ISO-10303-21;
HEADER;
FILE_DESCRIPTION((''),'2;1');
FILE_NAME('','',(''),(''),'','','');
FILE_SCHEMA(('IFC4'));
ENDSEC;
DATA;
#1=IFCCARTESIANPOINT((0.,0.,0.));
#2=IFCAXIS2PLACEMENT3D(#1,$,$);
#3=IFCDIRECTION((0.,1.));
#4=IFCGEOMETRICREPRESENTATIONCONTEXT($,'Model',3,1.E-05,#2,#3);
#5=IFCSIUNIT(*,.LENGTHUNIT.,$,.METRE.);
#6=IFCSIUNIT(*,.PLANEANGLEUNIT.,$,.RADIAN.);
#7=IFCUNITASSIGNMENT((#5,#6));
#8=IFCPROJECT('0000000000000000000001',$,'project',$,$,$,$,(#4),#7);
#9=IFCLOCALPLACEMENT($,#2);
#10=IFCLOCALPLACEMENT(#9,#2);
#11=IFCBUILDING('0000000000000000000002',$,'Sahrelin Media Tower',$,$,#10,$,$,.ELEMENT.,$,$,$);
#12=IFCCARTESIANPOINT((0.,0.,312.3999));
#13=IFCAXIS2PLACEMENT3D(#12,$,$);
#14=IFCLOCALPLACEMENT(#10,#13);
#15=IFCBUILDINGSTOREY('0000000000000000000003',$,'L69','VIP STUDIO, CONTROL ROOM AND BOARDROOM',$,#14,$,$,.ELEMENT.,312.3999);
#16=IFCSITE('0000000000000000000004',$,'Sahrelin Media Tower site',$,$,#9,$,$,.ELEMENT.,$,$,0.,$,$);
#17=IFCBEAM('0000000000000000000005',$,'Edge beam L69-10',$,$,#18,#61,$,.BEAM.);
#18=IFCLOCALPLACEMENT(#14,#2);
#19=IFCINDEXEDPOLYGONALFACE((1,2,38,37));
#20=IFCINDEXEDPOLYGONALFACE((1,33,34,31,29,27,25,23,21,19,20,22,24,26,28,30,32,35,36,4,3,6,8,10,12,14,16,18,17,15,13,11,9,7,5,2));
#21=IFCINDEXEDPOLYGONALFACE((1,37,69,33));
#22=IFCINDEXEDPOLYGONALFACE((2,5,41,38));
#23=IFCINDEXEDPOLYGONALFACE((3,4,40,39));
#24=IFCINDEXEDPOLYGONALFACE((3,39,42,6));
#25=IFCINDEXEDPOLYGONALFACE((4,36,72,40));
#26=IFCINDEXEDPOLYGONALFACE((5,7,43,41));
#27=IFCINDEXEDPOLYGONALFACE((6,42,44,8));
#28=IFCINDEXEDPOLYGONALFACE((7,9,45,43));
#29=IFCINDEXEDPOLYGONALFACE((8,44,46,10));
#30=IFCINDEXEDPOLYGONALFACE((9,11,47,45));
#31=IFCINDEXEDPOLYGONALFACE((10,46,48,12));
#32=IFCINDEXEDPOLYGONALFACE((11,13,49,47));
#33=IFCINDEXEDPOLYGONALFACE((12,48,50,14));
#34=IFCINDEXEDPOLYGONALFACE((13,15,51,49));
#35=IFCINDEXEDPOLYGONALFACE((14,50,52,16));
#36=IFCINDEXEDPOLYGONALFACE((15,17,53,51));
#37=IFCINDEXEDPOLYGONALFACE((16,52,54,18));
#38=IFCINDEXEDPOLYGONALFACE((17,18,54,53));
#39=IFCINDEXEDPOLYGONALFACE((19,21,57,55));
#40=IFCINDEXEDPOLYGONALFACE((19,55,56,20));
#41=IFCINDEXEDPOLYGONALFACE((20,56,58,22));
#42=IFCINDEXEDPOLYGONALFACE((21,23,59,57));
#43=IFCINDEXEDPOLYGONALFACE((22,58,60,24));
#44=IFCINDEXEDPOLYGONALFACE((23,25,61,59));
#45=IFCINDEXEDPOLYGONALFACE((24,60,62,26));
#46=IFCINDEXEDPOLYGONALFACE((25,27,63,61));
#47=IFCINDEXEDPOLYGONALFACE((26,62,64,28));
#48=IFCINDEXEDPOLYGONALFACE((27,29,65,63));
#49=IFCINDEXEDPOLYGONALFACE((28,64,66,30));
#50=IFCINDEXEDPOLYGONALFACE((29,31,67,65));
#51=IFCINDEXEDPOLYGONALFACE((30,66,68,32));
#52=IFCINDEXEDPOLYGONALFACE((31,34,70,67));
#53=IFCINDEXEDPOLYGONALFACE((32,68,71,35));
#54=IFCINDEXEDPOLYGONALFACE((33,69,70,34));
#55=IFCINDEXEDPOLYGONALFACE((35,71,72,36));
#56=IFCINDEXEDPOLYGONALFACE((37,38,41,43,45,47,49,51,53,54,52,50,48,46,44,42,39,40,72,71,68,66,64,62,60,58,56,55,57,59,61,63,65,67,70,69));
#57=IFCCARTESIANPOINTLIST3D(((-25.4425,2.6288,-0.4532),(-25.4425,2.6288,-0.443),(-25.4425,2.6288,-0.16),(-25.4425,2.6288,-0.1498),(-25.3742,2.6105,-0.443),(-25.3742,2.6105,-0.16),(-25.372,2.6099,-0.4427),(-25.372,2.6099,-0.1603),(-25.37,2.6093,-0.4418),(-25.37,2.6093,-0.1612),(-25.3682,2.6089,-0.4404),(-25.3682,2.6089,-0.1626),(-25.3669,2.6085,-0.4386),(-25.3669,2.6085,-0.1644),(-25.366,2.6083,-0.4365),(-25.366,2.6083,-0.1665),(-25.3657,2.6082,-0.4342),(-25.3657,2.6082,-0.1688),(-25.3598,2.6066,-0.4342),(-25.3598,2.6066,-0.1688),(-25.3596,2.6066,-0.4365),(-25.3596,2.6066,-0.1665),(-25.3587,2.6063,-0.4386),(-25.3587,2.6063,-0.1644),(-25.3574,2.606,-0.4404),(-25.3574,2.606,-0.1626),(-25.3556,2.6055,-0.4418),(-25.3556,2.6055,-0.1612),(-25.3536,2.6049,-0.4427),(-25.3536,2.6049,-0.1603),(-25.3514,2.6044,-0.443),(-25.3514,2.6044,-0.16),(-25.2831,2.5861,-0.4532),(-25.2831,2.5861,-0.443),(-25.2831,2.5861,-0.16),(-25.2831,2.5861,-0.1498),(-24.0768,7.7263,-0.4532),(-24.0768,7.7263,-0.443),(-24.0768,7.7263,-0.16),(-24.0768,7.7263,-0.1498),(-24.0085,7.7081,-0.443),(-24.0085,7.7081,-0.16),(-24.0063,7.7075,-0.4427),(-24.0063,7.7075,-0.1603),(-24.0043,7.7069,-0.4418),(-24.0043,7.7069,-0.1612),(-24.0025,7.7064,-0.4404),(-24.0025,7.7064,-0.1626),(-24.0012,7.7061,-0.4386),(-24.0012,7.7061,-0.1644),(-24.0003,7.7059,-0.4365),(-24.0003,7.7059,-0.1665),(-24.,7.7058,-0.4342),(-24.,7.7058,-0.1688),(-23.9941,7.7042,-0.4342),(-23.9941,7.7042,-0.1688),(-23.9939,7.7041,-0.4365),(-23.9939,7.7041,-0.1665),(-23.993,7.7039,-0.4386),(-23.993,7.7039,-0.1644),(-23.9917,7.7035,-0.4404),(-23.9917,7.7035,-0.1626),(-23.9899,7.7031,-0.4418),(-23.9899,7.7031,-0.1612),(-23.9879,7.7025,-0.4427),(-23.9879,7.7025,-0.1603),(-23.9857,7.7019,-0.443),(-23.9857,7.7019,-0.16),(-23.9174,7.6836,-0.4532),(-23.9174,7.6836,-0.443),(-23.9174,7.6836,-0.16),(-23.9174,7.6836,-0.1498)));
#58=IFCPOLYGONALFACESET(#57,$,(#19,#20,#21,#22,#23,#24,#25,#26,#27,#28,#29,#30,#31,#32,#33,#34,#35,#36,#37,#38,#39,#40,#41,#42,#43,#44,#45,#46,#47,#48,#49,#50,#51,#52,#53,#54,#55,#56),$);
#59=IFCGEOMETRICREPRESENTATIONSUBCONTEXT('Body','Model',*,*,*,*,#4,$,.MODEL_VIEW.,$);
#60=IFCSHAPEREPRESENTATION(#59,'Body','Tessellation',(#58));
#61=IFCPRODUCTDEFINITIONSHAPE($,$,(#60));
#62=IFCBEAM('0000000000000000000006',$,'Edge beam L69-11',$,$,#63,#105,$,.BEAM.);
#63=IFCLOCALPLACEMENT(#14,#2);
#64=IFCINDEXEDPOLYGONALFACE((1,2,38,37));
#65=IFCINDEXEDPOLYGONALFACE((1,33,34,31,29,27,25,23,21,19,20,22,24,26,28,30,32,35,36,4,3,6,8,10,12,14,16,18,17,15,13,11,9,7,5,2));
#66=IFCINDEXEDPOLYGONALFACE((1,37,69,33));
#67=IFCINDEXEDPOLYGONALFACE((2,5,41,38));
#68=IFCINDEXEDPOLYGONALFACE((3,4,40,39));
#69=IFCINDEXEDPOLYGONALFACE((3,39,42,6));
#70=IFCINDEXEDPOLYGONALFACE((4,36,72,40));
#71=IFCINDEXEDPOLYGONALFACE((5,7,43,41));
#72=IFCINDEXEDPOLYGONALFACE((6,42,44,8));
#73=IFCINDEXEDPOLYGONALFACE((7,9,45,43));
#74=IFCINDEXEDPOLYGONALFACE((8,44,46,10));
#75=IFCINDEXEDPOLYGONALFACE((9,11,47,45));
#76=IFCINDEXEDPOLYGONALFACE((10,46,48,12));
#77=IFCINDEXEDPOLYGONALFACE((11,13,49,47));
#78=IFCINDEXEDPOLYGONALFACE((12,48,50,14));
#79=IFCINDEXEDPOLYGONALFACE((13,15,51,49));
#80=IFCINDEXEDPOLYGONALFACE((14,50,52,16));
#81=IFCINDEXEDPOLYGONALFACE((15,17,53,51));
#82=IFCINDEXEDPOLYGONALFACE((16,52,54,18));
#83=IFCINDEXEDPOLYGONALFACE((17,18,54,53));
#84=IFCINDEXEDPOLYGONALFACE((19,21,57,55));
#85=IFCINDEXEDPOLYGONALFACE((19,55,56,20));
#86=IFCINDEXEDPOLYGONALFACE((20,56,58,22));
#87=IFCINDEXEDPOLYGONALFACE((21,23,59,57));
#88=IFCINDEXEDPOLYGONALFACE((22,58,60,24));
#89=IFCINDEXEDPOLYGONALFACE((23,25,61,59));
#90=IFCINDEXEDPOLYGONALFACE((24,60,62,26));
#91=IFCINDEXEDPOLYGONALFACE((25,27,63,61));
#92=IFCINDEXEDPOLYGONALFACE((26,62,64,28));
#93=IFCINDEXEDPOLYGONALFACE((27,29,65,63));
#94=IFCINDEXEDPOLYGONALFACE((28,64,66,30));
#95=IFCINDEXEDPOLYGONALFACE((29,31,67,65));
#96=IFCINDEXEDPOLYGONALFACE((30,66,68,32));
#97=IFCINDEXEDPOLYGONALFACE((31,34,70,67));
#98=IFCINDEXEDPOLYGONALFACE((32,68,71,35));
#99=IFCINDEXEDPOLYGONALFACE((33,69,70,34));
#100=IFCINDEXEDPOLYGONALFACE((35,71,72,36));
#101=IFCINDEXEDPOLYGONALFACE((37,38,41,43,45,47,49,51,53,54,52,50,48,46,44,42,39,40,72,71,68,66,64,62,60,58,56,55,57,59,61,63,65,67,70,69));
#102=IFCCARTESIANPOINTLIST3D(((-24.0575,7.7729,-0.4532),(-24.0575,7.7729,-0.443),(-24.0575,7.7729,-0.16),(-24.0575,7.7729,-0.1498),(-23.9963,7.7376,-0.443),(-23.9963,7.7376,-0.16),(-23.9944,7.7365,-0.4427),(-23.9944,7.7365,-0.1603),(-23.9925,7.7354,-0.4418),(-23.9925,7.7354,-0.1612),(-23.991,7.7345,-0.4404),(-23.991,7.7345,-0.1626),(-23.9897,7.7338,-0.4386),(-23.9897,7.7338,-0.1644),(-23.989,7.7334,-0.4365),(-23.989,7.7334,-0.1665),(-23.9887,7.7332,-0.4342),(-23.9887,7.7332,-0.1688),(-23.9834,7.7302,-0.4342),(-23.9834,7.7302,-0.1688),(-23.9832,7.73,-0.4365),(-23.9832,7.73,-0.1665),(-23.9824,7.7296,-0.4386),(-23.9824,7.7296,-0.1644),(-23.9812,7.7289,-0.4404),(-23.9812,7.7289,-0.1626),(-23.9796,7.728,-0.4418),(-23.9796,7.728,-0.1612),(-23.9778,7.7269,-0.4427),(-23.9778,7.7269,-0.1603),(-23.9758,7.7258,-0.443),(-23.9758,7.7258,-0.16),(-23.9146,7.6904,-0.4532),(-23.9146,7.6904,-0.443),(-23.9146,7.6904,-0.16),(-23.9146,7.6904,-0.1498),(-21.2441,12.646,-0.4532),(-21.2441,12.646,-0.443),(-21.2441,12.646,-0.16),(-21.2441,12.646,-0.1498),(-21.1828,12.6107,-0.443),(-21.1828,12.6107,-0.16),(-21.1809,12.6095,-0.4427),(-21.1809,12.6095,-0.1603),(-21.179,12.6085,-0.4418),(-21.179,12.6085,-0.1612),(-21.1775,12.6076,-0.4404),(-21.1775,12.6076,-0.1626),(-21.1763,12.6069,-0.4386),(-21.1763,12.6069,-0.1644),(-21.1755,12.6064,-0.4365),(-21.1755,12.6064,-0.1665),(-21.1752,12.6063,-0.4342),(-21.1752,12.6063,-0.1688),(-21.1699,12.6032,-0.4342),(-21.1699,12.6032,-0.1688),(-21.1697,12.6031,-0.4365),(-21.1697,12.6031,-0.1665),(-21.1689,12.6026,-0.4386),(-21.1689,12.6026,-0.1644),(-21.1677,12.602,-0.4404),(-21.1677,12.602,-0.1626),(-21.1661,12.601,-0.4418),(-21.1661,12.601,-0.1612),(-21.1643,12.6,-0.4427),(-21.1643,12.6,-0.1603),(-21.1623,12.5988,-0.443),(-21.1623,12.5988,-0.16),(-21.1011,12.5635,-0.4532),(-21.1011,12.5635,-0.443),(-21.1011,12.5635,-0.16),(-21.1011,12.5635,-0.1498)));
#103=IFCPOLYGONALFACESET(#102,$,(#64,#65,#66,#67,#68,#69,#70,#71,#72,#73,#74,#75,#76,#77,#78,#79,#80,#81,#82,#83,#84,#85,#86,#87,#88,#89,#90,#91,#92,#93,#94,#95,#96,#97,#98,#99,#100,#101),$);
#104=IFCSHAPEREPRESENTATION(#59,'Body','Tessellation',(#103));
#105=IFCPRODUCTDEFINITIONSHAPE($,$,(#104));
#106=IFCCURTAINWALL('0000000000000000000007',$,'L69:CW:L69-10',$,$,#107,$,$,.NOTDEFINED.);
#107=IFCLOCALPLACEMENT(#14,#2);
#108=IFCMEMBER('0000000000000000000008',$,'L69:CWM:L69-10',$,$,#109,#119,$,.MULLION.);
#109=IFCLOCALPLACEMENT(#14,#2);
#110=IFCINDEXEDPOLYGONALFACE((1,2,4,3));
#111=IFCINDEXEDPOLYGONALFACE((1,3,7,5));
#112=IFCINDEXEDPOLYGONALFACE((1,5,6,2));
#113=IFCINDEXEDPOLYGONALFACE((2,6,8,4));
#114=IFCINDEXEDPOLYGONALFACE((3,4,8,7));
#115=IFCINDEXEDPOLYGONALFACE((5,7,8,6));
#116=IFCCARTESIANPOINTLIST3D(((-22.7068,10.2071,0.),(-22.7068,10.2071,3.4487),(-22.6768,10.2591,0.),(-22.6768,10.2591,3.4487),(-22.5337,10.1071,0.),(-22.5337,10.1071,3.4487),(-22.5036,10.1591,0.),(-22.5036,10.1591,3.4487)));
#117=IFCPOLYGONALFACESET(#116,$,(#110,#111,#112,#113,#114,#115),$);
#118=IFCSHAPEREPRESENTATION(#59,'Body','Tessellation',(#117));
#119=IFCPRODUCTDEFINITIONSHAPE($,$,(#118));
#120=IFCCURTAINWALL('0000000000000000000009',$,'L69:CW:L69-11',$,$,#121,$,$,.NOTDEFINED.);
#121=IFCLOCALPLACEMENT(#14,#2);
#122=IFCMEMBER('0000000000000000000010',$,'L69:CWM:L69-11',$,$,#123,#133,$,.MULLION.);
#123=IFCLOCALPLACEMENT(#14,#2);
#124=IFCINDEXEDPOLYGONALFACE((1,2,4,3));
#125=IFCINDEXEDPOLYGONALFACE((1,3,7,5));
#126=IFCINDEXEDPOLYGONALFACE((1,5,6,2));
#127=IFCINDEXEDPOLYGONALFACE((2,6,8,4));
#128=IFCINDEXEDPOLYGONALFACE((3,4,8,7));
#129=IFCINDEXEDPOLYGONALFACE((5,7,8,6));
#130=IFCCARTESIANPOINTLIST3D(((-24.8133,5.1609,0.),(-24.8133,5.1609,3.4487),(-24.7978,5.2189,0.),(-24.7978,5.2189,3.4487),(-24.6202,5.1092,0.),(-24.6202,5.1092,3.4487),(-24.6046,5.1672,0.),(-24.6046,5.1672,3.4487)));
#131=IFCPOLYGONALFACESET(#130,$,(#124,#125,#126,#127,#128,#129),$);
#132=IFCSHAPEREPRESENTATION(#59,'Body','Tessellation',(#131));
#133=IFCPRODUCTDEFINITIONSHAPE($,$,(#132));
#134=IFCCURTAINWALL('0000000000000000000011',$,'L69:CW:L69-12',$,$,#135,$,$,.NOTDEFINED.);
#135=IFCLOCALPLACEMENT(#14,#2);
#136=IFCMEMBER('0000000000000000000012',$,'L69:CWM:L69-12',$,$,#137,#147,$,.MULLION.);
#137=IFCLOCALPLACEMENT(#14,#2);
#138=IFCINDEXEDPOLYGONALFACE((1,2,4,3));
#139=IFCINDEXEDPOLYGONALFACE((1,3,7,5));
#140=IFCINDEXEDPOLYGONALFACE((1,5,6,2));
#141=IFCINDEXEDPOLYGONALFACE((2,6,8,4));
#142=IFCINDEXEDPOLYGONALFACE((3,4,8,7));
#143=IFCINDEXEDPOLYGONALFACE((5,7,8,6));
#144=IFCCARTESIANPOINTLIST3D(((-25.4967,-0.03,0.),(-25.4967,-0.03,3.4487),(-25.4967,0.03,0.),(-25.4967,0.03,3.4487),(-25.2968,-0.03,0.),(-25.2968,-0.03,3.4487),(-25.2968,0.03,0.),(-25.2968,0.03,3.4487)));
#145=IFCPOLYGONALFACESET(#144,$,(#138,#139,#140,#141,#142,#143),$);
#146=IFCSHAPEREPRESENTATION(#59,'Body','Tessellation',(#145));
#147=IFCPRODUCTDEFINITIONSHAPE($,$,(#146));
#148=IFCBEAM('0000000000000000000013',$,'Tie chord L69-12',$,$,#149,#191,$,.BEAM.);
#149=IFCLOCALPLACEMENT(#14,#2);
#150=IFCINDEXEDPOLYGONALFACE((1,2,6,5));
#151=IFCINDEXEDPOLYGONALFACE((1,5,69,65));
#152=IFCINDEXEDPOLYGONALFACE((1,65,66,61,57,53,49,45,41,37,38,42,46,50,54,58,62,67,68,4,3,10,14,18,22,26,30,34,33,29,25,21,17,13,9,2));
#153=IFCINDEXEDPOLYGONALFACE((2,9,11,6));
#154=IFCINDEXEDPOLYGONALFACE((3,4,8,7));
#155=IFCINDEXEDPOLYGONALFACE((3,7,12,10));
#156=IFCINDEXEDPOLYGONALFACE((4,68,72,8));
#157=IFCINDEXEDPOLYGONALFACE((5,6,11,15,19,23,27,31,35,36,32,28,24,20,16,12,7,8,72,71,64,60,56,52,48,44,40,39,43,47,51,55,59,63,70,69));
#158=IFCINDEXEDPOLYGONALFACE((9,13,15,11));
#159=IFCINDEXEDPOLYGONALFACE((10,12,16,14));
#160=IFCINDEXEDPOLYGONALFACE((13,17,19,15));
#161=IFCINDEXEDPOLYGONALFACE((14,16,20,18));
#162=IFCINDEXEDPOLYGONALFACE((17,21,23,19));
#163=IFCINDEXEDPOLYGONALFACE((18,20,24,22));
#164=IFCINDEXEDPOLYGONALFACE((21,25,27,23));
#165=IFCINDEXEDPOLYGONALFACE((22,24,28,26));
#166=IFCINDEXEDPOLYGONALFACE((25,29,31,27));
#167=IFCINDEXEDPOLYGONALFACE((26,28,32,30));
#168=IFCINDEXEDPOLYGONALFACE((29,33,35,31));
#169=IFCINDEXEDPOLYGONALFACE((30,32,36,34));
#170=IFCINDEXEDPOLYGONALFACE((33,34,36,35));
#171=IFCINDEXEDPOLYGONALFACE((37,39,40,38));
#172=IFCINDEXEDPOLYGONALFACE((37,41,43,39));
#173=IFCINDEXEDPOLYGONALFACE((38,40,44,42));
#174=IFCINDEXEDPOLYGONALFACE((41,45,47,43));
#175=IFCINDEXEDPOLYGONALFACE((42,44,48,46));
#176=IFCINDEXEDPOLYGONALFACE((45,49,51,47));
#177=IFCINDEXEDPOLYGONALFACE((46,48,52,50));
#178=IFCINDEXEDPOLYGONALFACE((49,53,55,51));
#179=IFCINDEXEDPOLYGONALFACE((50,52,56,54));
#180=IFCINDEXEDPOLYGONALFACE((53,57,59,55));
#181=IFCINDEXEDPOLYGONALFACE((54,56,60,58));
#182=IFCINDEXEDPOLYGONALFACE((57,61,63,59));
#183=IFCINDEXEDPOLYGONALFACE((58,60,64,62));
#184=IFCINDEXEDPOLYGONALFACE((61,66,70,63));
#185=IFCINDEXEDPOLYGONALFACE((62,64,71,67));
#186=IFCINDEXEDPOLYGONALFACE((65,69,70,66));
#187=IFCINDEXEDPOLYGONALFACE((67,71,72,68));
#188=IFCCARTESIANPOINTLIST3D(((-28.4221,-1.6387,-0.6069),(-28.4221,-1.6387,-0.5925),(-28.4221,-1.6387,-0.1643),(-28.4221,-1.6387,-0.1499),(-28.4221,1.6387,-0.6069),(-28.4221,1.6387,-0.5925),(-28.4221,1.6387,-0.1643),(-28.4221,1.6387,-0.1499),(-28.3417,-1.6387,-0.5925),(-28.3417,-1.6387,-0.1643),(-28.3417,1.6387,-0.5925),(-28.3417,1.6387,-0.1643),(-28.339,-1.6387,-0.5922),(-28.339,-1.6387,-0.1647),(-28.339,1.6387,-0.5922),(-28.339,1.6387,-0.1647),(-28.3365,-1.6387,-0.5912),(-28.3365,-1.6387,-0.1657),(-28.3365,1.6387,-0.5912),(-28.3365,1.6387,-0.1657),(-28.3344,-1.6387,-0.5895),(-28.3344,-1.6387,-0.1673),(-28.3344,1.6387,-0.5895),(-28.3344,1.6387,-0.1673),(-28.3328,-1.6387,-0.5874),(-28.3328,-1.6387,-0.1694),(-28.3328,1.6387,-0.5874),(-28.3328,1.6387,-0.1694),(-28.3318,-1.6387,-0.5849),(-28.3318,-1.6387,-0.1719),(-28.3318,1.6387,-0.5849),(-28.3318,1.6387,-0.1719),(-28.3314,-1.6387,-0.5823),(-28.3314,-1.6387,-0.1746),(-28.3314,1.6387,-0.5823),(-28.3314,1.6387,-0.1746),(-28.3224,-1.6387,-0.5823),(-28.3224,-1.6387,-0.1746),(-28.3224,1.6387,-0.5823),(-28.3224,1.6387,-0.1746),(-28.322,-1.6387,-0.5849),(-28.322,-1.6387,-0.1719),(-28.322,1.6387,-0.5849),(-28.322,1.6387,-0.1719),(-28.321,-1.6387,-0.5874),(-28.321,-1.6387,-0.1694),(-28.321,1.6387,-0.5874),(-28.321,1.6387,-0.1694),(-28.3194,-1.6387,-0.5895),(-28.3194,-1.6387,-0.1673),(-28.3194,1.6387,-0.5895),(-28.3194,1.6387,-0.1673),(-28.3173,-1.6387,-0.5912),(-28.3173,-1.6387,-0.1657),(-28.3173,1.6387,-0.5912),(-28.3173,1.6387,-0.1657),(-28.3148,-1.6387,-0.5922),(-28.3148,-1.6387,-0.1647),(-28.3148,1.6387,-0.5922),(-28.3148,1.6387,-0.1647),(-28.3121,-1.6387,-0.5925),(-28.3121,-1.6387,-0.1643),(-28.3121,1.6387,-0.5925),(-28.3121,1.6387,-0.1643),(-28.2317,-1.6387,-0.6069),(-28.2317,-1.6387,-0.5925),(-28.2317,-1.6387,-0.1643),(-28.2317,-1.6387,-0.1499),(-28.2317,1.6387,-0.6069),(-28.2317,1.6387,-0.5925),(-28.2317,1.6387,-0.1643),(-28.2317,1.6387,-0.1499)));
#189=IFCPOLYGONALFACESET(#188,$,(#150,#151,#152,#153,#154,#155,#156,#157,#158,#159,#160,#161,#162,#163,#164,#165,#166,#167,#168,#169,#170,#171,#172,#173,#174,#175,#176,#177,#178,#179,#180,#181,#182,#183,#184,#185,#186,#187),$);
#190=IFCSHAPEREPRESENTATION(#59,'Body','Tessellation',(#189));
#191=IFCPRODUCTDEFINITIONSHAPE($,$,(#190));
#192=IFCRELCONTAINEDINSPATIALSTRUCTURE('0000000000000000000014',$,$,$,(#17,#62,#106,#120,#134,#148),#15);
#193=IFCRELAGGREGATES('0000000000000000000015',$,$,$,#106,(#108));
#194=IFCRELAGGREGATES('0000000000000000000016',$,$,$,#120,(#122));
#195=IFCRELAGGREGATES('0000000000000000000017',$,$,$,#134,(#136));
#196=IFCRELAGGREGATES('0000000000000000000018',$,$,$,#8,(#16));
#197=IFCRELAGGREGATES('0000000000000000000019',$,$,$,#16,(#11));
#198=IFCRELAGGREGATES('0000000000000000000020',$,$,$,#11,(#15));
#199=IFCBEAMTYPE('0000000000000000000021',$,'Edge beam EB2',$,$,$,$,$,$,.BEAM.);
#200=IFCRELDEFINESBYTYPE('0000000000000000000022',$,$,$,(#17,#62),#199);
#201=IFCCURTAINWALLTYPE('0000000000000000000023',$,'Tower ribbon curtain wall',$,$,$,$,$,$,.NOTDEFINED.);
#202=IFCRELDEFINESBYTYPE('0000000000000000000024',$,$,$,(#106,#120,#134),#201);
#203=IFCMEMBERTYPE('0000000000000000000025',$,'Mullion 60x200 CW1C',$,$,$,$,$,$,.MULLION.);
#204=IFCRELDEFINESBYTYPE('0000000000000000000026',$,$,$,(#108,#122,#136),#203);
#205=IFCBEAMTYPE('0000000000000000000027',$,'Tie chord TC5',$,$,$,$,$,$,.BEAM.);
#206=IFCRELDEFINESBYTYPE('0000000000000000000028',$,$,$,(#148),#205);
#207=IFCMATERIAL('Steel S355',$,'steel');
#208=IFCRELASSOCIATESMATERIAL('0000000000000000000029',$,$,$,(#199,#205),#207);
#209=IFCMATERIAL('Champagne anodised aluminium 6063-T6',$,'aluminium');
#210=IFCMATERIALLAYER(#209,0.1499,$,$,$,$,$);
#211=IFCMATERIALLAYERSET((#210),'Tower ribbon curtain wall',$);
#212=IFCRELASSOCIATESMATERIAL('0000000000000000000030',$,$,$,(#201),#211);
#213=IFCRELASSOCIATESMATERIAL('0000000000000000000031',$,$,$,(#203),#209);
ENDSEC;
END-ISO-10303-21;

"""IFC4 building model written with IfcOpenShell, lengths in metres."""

from ifc_helpers import new_model, si_unit, direction, frame, origin, origin_2d, place, context, subcontext, project, spatial, rectangle, i_section, extrude, material, layer, layer_set, material_profile, profile_set, type_object, element, aggregate, save


model = new_model("IFC4")

# Units and contexts
model_context = context("Model", 3, precision=1e-05, world=origin(), true_north=direction((0.0, 1.0)))
body_context = subcontext(model_context, "Body", "Model", "MODEL_VIEW")
ifc_project = project(units=[si_unit("LENGTHUNIT", "METRE"), si_unit("PLANEANGLEUNIT", "RADIAN")], contexts=[model_context])

# Site, building, storey
site_placement = place(None, origin())
site = spatial("IfcSite", under=ifc_project, at=site_placement, Name="Sahrelin Media Tower site", CompositionType="ELEMENT", RefElevation=0.0)
building_placement = place(site_placement, origin())
building = spatial("IfcBuilding", under=site, at=building_placement, Name="Sahrelin Media Tower", CompositionType="ELEMENT")
storey_placement = place(building_placement, frame((0.0, 0.0, 312.3999)))
storey = spatial("IfcBuildingStorey", under=building, at=storey_placement, Name="L69", Description="VIP STUDIO, CONTROL ROOM AND BOARDROOM", CompositionType="ELEMENT", Elevation=312.3999)

# Beams
ifc_material_1 = material(Name="Steel S355", Category="steel")
ifc_material_profile_1 = material_profile(ifc_material_1, i_section(OverallWidth=0.165, OverallDepth=0.3035, WebThickness=0.0061, FlangeThickness=0.0103, FilletRadius=0.0088, at=origin_2d()), Name="UB 305x165x40")
ifc_profile_set_1 = profile_set([ifc_material_profile_1], Name="Steel S355")
beam_type_1 = type_object("IfcBeamType", Name="Edge beam EB2", PredefinedType="BEAM", material=ifc_profile_set_1)
beam_1_placement = place(storey_placement, frame((-25.3628, 2.6074, -0.3015), z_axis=(0.258785, 0.965935, 0.0), x_axis=(-0.965935, 0.258785, 0.0)))
element("IfcBeam", 1, at=beam_1_placement, inside=storey, type_object=beam_type_1, Name="Edge beam L69-10", PredefinedType="BEAM", context=body_context, shape_type="SweptSolid", body=[
    extrude(i_section(OverallWidth=0.165, OverallDepth=0.3035, WebThickness=0.0061, FlangeThickness=0.0103, FilletRadius=0.0088, at=origin_2d()), origin(), (0.0, 0.0, 1.0), 5.2773),
])
beam_2_placement = place(storey_placement, frame((-23.9861, 7.7317, -0.3015), z_axis=(0.500003, 0.866024, 0.0), x_axis=(-0.866024, 0.500003, 0.0)))
element("IfcBeam", 2, at=beam_2_placement, inside=storey, type_object=beam_type_1, Name="Edge beam L69-11", PredefinedType="BEAM", context=body_context, shape_type="SweptSolid", body=[
    extrude(i_section(OverallWidth=0.165, OverallDepth=0.3035, WebThickness=0.0061, FlangeThickness=0.0103, FilletRadius=0.0088, at=origin_2d()), origin(), (0.0, 0.0, 1.0), 5.627),
])

# Curtain walls, members
ifc_material_2 = material(Name="Champagne anodised aluminium 6063-T6", Category="aluminium")
ifc_layer_1 = layer(ifc_material_2, 0.1499)
ifc_layer_set_1 = layer_set([ifc_layer_1], Name="Tower ribbon curtain wall")
curtain_wall_type = type_object("IfcCurtainWallType", Name="Tower ribbon curtain wall", PredefinedType="NOTDEFINED", material=ifc_layer_set_1)
curtain_wall_1_placement = place(storey_placement, frame((-22.7092, 10.2432, 0.0), z_axis=(0.0, 0.0, 1.0), x_axis=(1.0, 0.0, 0.0)))
curtain_wall_1 = element("IfcCurtainWall", 3, at=curtain_wall_1_placement, inside=storey, type_object=curtain_wall_type, Name="L69:CW:L69-10", PredefinedType="NOTDEFINED")
ifc_material_profile_2 = material_profile(ifc_material_2, rectangle(XDim=0.0601, YDim=0.2, at=origin_2d()), Name="Mullion 60x200")
ifc_profile_set_2 = profile_set([ifc_material_profile_2], Name="Champagne anodised aluminium 6063-T6")
member_type_1 = type_object("IfcMemberType", Name="Mullion 60x200 CW1C", PredefinedType="MULLION", material=ifc_profile_set_2)
member_1_placement = place(storey_placement, frame((-22.6052, 10.1831, 0.0), z_axis=(0.0, 0.0, 1.0), x_axis=(-0.500003, -0.866024, 0.0)))
member_1 = element("IfcMember", 4, at=member_1_placement, type_object=member_type_1, Name="L69:CWM:L69-10", PredefinedType="MULLION", context=body_context, shape_type="SweptSolid", body=[
    extrude(rectangle(XDim=0.0601, YDim=0.2, at=origin_2d()), origin(), (0.0, 0.0, 1.0), 3.4487),
])
aggregate(curtain_wall_1, [member_1])
curtain_wall_2_placement = place(storey_placement, frame((-24.825, 5.1951, 0.0), z_axis=(0.0, 0.0, 1.0), x_axis=(1.0, 0.0, 0.0)))
curtain_wall_2 = element("IfcCurtainWall", 5, at=curtain_wall_2_placement, inside=storey, type_object=curtain_wall_type, Name="L69:CW:L69-11", PredefinedType="NOTDEFINED")
member_2_placement = place(storey_placement, frame((-24.709, 5.1641, 0.0), z_axis=(0.0, 0.0, 1.0), x_axis=(-0.258812, -0.965928, 0.0)))
member_2 = element("IfcMember", 6, at=member_2_placement, type_object=member_type_1, Name="L69:CWM:L69-11", PredefinedType="MULLION", context=body_context, shape_type="SweptSolid", body=[
    extrude(rectangle(XDim=0.0601, YDim=0.2, at=origin_2d()), origin(), (0.0, 0.0, 1.0), 3.4487),
])
curtain_wall_3_placement = place(storey_placement, frame((-25.5166, 0.0, 0.0), z_axis=(0.0, 0.0, 1.0), x_axis=(1.0, 0.0, 0.0)))
curtain_wall_3 = element("IfcCurtainWall", 7, at=curtain_wall_3_placement, inside=storey, type_object=curtain_wall_type, Name="L69:CW:L69-12", PredefinedType="NOTDEFINED")
member_3_placement = place(storey_placement, frame((-25.3967, 0.0, 0.0), z_axis=(0.0, 0.0, 1.0), x_axis=(0.0, -1.0, 0.0)))
member_3 = element("IfcMember", 8, at=member_3_placement, type_object=member_type_1, Name="L69:CWM:L69-12", PredefinedType="MULLION", context=body_context, shape_type="SweptSolid", body=[
    extrude(rectangle(XDim=0.0601, YDim=0.2, at=origin_2d()), origin(), (0.0, 0.0, 1.0), 3.4487),
])

# Beam
ifc_material_profile_3 = material_profile(ifc_material_1, i_section(OverallWidth=0.1904, OverallDepth=0.457, WebThickness=0.009, FlangeThickness=0.0144, FilletRadius=0.0103, at=origin_2d()), Name="UB 457x191x74")
ifc_profile_set_3 = profile_set([ifc_material_profile_3], Name="Steel S355")
beam_type_2 = type_object("IfcBeamType", Name="Tie chord TC5", PredefinedType="BEAM", material=ifc_profile_set_3)
beam_3_placement = place(storey_placement, frame((-28.3269, 1.6387, -0.3784), z_axis=(0.0, -1.0, 0.0), x_axis=(1.0, 0.0, 0.0)))
element("IfcBeam", 9, at=beam_3_placement, inside=storey, type_object=beam_type_2, Name="Tie chord L69-12", PredefinedType="BEAM", context=body_context, shape_type="SweptSolid", body=[
    extrude(i_section(OverallWidth=0.1904, OverallDepth=0.457, WebThickness=0.009, FlangeThickness=0.0144, FilletRadius=0.0103, at=origin_2d()), origin(), (0.0, 0.0, 1.0), 3.2773),
])

aggregate(curtain_wall_2, [member_2])
aggregate(curtain_wall_3, [member_3])

save(model, "model.ifc")
